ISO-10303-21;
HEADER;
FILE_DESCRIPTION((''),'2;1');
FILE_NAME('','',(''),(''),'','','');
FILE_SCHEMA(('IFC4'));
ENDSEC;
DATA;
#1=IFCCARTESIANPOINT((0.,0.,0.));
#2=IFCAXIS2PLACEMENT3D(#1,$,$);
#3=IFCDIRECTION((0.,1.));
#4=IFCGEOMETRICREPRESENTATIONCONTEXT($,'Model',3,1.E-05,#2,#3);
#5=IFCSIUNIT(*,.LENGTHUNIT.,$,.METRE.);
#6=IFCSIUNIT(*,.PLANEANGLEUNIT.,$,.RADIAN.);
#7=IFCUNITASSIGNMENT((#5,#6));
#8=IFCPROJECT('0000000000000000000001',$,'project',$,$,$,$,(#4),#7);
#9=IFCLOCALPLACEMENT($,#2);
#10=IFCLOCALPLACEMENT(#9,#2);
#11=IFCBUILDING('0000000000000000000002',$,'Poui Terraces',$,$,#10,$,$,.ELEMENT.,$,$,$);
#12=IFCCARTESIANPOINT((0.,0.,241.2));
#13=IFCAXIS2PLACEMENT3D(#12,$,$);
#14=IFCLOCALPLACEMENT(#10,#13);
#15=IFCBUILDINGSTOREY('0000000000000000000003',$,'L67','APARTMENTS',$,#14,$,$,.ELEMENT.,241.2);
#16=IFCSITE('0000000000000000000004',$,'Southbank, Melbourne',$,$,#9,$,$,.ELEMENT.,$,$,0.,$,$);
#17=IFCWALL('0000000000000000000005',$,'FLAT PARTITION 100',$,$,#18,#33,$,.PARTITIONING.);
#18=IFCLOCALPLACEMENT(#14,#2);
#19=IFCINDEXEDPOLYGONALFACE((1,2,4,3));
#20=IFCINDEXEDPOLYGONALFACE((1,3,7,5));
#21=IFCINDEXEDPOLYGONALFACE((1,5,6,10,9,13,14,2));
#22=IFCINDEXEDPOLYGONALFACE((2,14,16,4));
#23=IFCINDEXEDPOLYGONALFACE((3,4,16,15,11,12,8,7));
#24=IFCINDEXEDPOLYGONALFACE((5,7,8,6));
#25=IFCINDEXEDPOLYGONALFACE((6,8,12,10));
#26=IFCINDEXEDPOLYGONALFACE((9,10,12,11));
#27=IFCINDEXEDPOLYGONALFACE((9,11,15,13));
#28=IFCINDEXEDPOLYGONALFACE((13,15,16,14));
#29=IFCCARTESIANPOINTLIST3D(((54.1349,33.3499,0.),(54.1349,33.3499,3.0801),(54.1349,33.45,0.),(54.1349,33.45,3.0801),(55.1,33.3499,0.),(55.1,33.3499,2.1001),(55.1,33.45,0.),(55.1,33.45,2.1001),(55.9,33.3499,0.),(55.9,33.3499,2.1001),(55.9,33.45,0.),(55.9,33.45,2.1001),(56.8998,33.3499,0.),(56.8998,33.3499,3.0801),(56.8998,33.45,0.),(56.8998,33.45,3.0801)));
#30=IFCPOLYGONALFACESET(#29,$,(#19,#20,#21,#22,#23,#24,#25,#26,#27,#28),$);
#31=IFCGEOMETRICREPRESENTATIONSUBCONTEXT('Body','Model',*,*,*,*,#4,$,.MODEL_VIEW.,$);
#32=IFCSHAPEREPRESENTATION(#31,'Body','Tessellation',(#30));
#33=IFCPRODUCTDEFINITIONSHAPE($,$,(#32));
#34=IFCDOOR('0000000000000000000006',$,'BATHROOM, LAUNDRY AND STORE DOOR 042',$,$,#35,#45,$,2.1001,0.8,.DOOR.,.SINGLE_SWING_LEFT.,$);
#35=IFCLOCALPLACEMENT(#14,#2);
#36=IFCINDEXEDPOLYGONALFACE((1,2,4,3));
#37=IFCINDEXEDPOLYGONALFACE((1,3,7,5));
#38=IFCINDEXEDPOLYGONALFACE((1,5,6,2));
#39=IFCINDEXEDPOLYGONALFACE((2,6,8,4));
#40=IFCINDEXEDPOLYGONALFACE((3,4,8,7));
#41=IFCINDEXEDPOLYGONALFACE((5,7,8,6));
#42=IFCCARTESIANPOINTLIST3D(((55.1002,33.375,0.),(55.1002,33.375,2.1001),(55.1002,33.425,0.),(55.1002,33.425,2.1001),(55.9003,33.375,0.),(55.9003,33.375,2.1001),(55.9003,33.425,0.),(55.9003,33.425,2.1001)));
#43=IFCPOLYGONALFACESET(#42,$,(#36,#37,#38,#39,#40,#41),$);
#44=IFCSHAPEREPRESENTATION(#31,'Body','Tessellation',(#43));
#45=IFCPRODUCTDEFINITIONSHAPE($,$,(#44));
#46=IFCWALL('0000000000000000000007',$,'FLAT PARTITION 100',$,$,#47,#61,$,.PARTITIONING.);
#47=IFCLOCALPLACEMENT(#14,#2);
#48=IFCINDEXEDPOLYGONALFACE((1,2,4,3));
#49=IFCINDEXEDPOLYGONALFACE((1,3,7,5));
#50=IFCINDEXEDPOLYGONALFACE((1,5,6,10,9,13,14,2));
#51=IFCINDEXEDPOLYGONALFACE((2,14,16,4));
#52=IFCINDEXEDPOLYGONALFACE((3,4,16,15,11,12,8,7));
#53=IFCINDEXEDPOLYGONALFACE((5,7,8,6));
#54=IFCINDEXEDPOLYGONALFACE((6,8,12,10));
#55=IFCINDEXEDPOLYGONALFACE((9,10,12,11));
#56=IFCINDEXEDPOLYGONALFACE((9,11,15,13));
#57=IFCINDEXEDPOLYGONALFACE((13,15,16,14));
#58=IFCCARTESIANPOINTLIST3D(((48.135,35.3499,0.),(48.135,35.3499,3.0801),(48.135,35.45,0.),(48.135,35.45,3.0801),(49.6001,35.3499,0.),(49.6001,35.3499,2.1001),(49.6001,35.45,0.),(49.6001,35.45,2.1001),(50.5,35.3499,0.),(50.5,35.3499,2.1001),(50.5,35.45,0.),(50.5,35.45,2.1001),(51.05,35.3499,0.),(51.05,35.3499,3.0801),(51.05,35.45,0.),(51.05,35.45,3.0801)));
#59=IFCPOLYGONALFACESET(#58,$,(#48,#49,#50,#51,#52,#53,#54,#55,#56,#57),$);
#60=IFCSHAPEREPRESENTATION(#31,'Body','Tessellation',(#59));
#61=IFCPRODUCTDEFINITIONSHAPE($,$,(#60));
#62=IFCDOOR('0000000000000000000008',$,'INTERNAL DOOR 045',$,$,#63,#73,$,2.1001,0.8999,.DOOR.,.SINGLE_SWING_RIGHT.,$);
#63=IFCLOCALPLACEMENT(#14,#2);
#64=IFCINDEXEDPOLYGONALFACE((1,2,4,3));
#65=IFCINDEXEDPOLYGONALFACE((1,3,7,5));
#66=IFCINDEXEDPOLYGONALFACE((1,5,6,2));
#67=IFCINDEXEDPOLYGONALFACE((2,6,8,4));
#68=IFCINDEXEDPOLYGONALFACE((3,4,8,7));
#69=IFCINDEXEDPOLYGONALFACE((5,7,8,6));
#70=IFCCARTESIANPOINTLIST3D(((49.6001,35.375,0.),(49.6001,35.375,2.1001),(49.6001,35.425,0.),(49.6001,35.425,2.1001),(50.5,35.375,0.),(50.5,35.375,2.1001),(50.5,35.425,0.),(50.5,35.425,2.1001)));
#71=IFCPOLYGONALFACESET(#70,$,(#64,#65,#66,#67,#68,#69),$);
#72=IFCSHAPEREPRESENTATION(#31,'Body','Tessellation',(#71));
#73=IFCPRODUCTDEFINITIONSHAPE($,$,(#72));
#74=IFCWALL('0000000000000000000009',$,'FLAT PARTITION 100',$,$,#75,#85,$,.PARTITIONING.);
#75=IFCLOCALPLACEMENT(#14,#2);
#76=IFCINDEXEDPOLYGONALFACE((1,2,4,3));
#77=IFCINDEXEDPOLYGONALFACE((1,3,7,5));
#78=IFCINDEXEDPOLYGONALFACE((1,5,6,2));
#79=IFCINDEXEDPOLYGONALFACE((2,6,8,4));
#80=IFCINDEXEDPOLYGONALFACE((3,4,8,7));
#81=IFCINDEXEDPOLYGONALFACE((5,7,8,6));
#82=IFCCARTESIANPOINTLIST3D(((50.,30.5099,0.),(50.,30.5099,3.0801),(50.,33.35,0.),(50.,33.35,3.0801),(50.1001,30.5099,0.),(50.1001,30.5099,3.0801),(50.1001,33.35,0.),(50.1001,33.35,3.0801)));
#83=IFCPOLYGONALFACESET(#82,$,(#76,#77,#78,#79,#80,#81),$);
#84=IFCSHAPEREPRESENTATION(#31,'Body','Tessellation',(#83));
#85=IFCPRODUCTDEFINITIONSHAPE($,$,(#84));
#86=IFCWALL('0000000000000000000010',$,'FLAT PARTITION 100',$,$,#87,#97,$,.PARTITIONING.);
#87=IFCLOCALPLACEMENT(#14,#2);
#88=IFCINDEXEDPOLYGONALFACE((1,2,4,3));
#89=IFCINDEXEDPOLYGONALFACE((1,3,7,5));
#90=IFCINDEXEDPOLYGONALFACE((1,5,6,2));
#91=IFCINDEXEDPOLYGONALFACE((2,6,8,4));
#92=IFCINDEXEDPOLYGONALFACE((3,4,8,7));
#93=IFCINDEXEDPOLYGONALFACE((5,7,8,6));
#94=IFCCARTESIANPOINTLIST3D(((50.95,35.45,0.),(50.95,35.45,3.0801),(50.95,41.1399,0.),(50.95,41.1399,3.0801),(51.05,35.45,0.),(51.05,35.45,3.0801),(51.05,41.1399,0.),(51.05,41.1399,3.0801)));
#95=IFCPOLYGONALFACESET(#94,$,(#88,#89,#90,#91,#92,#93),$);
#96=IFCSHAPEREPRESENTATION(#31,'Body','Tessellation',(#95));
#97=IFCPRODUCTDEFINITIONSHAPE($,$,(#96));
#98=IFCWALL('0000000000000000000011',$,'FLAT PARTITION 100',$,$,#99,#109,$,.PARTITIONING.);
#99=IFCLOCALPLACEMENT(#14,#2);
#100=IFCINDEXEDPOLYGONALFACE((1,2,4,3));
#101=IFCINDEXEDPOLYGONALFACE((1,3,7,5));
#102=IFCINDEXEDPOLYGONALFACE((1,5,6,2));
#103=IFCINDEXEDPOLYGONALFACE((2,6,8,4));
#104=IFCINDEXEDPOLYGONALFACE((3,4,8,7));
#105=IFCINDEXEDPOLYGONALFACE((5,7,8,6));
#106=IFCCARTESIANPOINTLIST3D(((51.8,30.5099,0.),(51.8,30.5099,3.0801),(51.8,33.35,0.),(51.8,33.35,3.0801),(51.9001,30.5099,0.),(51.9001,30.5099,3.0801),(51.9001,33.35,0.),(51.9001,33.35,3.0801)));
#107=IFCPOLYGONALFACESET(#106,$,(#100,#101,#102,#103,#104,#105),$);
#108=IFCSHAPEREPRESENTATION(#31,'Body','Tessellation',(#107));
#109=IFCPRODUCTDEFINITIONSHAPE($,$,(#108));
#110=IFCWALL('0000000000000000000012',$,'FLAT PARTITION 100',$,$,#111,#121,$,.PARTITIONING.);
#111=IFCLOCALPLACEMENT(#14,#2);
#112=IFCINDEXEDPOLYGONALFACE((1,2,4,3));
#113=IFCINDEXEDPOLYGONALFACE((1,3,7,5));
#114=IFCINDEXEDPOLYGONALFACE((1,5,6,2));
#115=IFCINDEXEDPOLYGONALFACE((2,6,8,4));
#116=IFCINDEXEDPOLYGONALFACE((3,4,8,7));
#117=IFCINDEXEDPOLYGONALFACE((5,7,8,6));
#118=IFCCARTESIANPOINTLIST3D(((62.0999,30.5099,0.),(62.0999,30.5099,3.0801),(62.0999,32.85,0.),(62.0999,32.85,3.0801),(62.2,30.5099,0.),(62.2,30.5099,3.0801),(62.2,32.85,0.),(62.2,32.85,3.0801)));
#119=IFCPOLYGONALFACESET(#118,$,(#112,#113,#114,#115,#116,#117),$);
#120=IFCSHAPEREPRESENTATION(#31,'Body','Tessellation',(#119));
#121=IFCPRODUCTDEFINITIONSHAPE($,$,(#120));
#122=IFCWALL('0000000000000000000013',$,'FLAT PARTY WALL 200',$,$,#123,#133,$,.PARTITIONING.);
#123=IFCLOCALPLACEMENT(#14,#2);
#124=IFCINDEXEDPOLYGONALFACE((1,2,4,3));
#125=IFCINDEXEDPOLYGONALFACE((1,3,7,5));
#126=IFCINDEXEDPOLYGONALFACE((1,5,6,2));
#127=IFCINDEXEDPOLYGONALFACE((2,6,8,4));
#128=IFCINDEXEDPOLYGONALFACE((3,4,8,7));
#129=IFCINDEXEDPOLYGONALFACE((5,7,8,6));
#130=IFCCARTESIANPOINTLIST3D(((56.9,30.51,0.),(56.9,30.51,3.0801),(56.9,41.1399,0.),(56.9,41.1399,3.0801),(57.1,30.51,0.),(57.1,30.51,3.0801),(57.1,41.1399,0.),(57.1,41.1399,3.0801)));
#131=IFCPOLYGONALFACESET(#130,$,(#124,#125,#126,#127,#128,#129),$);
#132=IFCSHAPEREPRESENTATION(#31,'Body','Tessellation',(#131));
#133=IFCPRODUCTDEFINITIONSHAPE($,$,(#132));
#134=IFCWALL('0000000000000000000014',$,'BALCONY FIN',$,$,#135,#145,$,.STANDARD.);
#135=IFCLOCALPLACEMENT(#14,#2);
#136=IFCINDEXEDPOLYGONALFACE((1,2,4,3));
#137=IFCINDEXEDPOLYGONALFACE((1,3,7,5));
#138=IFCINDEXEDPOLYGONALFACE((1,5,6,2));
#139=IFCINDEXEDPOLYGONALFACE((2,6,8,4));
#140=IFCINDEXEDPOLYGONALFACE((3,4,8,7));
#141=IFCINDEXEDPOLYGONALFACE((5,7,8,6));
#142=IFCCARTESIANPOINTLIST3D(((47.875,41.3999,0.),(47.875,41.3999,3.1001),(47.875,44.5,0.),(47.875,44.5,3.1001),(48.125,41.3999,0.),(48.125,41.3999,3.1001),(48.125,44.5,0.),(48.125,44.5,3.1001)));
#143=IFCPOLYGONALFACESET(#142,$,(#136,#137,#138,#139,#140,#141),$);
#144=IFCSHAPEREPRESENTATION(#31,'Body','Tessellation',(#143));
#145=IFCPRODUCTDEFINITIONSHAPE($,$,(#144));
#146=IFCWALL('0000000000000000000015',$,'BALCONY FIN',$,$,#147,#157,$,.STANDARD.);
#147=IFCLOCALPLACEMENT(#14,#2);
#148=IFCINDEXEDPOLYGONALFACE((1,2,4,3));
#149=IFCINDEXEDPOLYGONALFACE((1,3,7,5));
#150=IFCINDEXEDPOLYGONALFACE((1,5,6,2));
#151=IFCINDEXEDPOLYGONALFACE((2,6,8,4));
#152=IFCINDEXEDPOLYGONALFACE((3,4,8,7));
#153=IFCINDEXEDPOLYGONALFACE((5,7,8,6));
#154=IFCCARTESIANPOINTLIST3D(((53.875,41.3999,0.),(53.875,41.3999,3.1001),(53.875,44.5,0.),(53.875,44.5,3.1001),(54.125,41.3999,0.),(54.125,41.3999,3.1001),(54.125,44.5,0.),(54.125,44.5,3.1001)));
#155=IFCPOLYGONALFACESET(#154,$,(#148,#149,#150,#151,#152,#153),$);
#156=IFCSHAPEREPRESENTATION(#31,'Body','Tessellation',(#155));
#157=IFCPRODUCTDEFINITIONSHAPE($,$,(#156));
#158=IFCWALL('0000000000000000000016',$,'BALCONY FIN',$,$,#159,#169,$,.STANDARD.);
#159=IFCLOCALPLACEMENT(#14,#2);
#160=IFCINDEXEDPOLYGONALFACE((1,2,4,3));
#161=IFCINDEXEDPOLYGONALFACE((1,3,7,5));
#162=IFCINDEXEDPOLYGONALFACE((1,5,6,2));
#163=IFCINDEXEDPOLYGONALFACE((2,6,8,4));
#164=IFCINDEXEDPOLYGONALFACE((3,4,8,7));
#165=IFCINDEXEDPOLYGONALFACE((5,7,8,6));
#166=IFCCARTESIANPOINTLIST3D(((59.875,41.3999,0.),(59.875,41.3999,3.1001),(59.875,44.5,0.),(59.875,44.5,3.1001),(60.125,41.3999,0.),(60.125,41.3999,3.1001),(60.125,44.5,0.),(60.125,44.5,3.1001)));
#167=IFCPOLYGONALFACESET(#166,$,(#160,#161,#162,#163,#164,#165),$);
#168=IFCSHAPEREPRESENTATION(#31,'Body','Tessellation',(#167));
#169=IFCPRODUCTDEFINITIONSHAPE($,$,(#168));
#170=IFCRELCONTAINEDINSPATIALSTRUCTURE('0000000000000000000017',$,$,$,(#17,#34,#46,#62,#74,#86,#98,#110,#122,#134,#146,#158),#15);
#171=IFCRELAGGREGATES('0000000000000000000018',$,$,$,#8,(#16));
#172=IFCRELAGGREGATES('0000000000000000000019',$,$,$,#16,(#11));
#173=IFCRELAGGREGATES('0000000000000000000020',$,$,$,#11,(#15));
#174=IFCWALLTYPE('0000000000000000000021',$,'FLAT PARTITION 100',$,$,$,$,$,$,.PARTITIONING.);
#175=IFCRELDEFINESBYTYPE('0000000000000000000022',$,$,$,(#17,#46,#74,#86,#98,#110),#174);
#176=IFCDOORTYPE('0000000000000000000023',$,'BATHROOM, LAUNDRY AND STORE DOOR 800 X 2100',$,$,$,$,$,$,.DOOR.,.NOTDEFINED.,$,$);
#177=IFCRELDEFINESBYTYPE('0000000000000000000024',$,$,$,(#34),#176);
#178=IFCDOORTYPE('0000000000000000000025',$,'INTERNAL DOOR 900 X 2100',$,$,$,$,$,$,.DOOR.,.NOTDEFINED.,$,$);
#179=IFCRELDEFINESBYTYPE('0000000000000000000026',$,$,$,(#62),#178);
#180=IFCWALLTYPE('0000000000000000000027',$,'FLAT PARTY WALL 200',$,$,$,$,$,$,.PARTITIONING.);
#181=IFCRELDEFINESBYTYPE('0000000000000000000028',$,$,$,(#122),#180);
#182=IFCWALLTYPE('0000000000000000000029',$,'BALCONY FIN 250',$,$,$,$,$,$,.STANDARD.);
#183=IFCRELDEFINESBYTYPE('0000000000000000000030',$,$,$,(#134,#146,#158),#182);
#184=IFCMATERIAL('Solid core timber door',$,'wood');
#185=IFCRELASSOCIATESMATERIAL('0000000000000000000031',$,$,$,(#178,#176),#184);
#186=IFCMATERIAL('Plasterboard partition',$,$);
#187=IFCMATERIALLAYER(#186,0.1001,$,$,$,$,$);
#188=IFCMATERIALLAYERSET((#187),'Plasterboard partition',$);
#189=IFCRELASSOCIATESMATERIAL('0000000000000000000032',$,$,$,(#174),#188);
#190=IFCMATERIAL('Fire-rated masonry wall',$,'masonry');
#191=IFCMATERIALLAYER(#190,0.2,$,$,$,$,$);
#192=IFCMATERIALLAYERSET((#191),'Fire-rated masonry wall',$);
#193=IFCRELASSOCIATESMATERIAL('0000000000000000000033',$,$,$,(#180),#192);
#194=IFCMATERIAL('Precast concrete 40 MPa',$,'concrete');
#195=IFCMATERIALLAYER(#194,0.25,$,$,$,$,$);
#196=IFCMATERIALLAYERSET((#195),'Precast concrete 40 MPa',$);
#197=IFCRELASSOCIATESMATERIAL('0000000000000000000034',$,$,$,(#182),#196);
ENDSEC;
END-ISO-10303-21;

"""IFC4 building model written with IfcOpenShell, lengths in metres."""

from ifc_helpers import new_model, si_unit, direction, frame, frame_2d, origin, place, context, subcontext, project, spatial, polyline, rectangle, outline, extrude, source, transform, mapped, material, layer, layer_set, type_object, element, fill, save


model = new_model("IFC4")

# Units and contexts
model_context = context("Model", 3, precision=1e-05, world=origin(), true_north=direction((0.0, 1.0)))
body_context = subcontext(model_context, "Body", "Model", "MODEL_VIEW")
ifc_project = project(units=[si_unit("LENGTHUNIT", "METRE"), si_unit("PLANEANGLEUNIT", "RADIAN")], contexts=[model_context])

# Site, building, storey
site_placement = place(None, origin())
site = spatial("IfcSite", under=ifc_project, at=site_placement, Name="Southbank, Melbourne", CompositionType="ELEMENT", RefElevation=0.0)
building_placement = place(site_placement, origin())
building = spatial("IfcBuilding", under=site, at=building_placement, Name="Poui Terraces", CompositionType="ELEMENT")
storey_placement = place(building_placement, frame((0.0, 0.0, 241.2)))
storey = spatial("IfcBuildingStorey", under=building, at=storey_placement, Name="L67", Description="APARTMENTS", CompositionType="ELEMENT", Elevation=241.2)

# Walls, openings, doors
ifc_material_1 = material(Name="Solid core timber door", Category="wood")
door_type_1 = type_object("IfcDoorType", Name="INTERNAL DOOR 900 X 2100", OperationType="NOTDEFINED", PredefinedType="DOOR", material=ifc_material_1)
ifc_material_2 = material(Name="Plasterboard partition")
ifc_layer_1 = layer(ifc_material_2, 0.1001)
ifc_layer_set_1 = layer_set([ifc_layer_1], Name="Plasterboard partition")
wall_type_1 = type_object("IfcWallType", Name="FLAT PARTITION 100", PredefinedType="PARTITIONING", material=ifc_layer_set_1)
door_type_2 = type_object("IfcDoorType", Name="BATHROOM, LAUNDRY AND STORE DOOR 800 X 2100", OperationType="NOTDEFINED", PredefinedType="DOOR", material=ifc_material_1)
wall_1_placement = place(storey_placement, frame((54.135, 33.3999, 0.0), z_axis=(0.0, 0.0, 1.0), x_axis=(1.0, 0.0, 0.0)))
wall_1 = element("IfcWall", 1, at=wall_1_placement, inside=storey, type_object=wall_type_1, Name="FLAT PARTITION 100", PredefinedType="PARTITIONING", context=body_context, shape_type="SweptSolid", body=[
    extrude(rectangle(XDim=2.7649, YDim=0.1001, at=frame_2d((1.3823, 0.0))), origin(), (0.0, 0.0, 1.0), 3.0801),
])
opening_1_placement = place(wall_1_placement, frame((0.9651, 0.0, 0.0)))
opening_1 = element("IfcOpeningElement", 2, at=opening_1_placement, cuts=wall_1, PredefinedType="OPENING", context=body_context, shape_type="SweptSolid", body=[
    extrude(rectangle(XDim=0.8, YDim=2.1001, at=frame_2d((0.3999, 1.05))), frame((0.0, 0.0601, 0.0), z_axis=(0.0, -1.0, 0.0), x_axis=(1.0, 0.0, 0.0)), (0.0, 0.0, 1.0), 0.1201),
])
door_1_placement = place(opening_1_placement, frame((0.8, 0.0, 0.0), z_axis=(0.0, 0.0, 1.0), x_axis=(-1.0, 0.0, 0.0)))
door_1 = element("IfcDoor", 3, at=door_1_placement, inside=storey, type_object=door_type_2, Name="BATHROOM, LAUNDRY AND STORE DOOR 042", OperationType="SINGLE_SWING_LEFT", OverallHeight=2.1001, OverallWidth=0.8, PredefinedType="DOOR", context=body_context, shape_type="SweptSolid", body=[
    extrude(rectangle(XDim=0.8, YDim=2.1001, at=frame_2d((0.3999, 1.05))), frame((0.0, 0.0249, 0.0), z_axis=(0.0, -1.0, 0.0), x_axis=(1.0, 0.0, 0.0)), (0.0, 0.0, 1.0), 0.05),
])
fill(opening_1, door_1)
wall_2_placement = place(storey_placement, frame((48.135, 35.3999, 0.0), z_axis=(0.0, 0.0, 1.0), x_axis=(1.0, 0.0, 0.0)))
wall_2 = element("IfcWall", 4, at=wall_2_placement, inside=storey, type_object=wall_type_1, Name="FLAT PARTITION 100", PredefinedType="PARTITIONING", context=body_context, shape_type="SweptSolid", body=[
    extrude(rectangle(XDim=2.915, YDim=0.1001, at=frame_2d((1.4575, 0.0))), origin(), (0.0, 0.0, 1.0), 3.0801),
])
opening_2_placement = place(wall_2_placement, frame((1.4651, 0.0, 0.0)))
opening_2 = element("IfcOpeningElement", 5, at=opening_2_placement, cuts=wall_2, PredefinedType="OPENING", context=body_context, shape_type="SweptSolid", body=[
    extrude(rectangle(XDim=0.8999, YDim=2.1001, at=frame_2d((0.45, 1.05))), frame((0.0, 0.0601, 0.0), z_axis=(0.0, -1.0, 0.0), x_axis=(1.0, 0.0, 0.0)), (0.0, 0.0, 1.0), 0.1201),
])
door_2_placement = place(opening_2_placement, frame((0.8999, 0.0, 0.0), z_axis=(0.0, 0.0, 1.0), x_axis=(-1.0, 0.0, 0.0)))
door_2 = element("IfcDoor", 6, at=door_2_placement, inside=storey, type_object=door_type_1, Name="INTERNAL DOOR 045", OperationType="SINGLE_SWING_RIGHT", OverallHeight=2.1001, OverallWidth=0.8999, PredefinedType="DOOR", context=body_context, shape_type="SweptSolid", body=[
    extrude(rectangle(XDim=0.8999, YDim=2.1001, at=frame_2d((0.45, 1.05))), frame((0.0, 0.0249, 0.0), z_axis=(0.0, -1.0, 0.0), x_axis=(1.0, 0.0, 0.0)), (0.0, 0.0, 1.0), 0.05),
])
fill(opening_2, door_2)

# Walls
wall_3_placement = place(storey_placement, frame((50.05, 30.51, 0.0), z_axis=(0.0, 0.0, 1.0), x_axis=(0.0, 1.0, 0.0)))
element("IfcWall", 7, at=wall_3_placement, inside=storey, type_object=wall_type_1, Name="FLAT PARTITION 100", PredefinedType="PARTITIONING", context=body_context, shape_type="SweptSolid", body=[
    extrude(rectangle(XDim=2.8401, YDim=0.1001, at=frame_2d((1.4199, 0.0))), origin(), (0.0, 0.0, 1.0), 3.0801),
])
wall_4_placement = place(storey_placement, frame((51.0, 35.45, 0.0), z_axis=(0.0, 0.0, 1.0), x_axis=(0.0, 1.0, 0.0)))
element("IfcWall", 8, at=wall_4_placement, inside=storey, type_object=wall_type_1, Name="FLAT PARTITION 100", PredefinedType="PARTITIONING", context=body_context, shape_type="SweptSolid", body=[
    extrude(rectangle(XDim=5.6899, YDim=0.1001, at=frame_2d((2.845, 0.0))), origin(), (0.0, 0.0, 1.0), 3.0801),
])
wall_5_placement = place(storey_placement, frame((51.8501, 30.51, 0.0), z_axis=(0.0, 0.0, 1.0), x_axis=(0.0, 1.0, 0.0)))
element("IfcWall", 9, at=wall_5_placement, inside=storey, type_object=wall_type_1, Name="FLAT PARTITION 100", PredefinedType="PARTITIONING", context=body_context, shape_type="SweptSolid", body=[
    extrude(rectangle(XDim=2.8401, YDim=0.1001, at=frame_2d((1.4199, 0.0))), origin(), (0.0, 0.0, 1.0), 3.0801),
])
wall_6_placement = place(storey_placement, frame((62.1499, 30.51, 0.0), z_axis=(0.0, 0.0, 1.0), x_axis=(0.0, 1.0, 0.0)))
element("IfcWall", 10, at=wall_6_placement, inside=storey, type_object=wall_type_1, Name="FLAT PARTITION 100", PredefinedType="PARTITIONING", context=body_context, shape_type="SweptSolid", body=[
    extrude(rectangle(XDim=2.3401, YDim=0.1001, at=frame_2d((1.1699, 0.0))), origin(), (0.0, 0.0, 1.0), 3.0801),
])
ifc_material_3 = material(Name="Fire-rated masonry wall", Category="masonry")
ifc_layer_2 = layer(ifc_material_3, 0.2)
ifc_layer_set_2 = layer_set([ifc_layer_2], Name="Fire-rated masonry wall")
wall_type_2 = type_object("IfcWallType", Name="FLAT PARTY WALL 200", PredefinedType="PARTITIONING", material=ifc_layer_set_2)
wall_7_placement = place(storey_placement, frame((57.0, 30.51, 0.0), z_axis=(0.0, 0.0, 1.0), x_axis=(0.0, 1.0, 0.0)))
element("IfcWall", 11, at=wall_7_placement, inside=storey, type_object=wall_type_2, Name="FLAT PARTY WALL 200", PredefinedType="PARTITIONING", context=body_context, shape_type="SweptSolid", body=[
    extrude(rectangle(XDim=10.6299, YDim=0.2, at=frame_2d((5.3149, 0.0))), origin(), (0.0, 0.0, 1.0), 3.0801),
])
ifc_material_4 = material(Name="Precast concrete 40 MPa", Category="concrete")
ifc_layer_3 = layer(ifc_material_4, 0.25)
ifc_layer_set_3 = layer_set([ifc_layer_3], Name="Precast concrete 40 MPa")
wall_type_3 = type_object("IfcWallType", Name="BALCONY FIN 250", PredefinedType="STANDARD", material=ifc_layer_set_3)
shared_shape_1 = source(origin(), body_context, "Body", "SweptSolid", [
    extrude(outline(polyline([(0.0, 0.0), (0.25, 0.0), (0.25, 3.1001), (0.0, 3.1001), (0.0, 0.0)])), origin(), (0.0, 0.0, 1.0), 3.1001),
])
for number, where, name in (
    (12, (47.875, 41.3999, 0.0), "BALCONY FIN"),
    (13, (53.875, 41.3999, 0.0), "BALCONY FIN"),
    (14, (59.875, 41.3999, 0.0), "BALCONY FIN"),
):
    element("IfcWall", number, at=place(storey_placement, frame(where)), inside=storey, type_object=wall_type_3, Name=name, PredefinedType="STANDARD", context=body_context, shape_type="MappedRepresentation", body=[
        mapped(shared_shape_1, transform((0.0, 0.0, 0.0))),
    ])

save(model, "model.ifc")
